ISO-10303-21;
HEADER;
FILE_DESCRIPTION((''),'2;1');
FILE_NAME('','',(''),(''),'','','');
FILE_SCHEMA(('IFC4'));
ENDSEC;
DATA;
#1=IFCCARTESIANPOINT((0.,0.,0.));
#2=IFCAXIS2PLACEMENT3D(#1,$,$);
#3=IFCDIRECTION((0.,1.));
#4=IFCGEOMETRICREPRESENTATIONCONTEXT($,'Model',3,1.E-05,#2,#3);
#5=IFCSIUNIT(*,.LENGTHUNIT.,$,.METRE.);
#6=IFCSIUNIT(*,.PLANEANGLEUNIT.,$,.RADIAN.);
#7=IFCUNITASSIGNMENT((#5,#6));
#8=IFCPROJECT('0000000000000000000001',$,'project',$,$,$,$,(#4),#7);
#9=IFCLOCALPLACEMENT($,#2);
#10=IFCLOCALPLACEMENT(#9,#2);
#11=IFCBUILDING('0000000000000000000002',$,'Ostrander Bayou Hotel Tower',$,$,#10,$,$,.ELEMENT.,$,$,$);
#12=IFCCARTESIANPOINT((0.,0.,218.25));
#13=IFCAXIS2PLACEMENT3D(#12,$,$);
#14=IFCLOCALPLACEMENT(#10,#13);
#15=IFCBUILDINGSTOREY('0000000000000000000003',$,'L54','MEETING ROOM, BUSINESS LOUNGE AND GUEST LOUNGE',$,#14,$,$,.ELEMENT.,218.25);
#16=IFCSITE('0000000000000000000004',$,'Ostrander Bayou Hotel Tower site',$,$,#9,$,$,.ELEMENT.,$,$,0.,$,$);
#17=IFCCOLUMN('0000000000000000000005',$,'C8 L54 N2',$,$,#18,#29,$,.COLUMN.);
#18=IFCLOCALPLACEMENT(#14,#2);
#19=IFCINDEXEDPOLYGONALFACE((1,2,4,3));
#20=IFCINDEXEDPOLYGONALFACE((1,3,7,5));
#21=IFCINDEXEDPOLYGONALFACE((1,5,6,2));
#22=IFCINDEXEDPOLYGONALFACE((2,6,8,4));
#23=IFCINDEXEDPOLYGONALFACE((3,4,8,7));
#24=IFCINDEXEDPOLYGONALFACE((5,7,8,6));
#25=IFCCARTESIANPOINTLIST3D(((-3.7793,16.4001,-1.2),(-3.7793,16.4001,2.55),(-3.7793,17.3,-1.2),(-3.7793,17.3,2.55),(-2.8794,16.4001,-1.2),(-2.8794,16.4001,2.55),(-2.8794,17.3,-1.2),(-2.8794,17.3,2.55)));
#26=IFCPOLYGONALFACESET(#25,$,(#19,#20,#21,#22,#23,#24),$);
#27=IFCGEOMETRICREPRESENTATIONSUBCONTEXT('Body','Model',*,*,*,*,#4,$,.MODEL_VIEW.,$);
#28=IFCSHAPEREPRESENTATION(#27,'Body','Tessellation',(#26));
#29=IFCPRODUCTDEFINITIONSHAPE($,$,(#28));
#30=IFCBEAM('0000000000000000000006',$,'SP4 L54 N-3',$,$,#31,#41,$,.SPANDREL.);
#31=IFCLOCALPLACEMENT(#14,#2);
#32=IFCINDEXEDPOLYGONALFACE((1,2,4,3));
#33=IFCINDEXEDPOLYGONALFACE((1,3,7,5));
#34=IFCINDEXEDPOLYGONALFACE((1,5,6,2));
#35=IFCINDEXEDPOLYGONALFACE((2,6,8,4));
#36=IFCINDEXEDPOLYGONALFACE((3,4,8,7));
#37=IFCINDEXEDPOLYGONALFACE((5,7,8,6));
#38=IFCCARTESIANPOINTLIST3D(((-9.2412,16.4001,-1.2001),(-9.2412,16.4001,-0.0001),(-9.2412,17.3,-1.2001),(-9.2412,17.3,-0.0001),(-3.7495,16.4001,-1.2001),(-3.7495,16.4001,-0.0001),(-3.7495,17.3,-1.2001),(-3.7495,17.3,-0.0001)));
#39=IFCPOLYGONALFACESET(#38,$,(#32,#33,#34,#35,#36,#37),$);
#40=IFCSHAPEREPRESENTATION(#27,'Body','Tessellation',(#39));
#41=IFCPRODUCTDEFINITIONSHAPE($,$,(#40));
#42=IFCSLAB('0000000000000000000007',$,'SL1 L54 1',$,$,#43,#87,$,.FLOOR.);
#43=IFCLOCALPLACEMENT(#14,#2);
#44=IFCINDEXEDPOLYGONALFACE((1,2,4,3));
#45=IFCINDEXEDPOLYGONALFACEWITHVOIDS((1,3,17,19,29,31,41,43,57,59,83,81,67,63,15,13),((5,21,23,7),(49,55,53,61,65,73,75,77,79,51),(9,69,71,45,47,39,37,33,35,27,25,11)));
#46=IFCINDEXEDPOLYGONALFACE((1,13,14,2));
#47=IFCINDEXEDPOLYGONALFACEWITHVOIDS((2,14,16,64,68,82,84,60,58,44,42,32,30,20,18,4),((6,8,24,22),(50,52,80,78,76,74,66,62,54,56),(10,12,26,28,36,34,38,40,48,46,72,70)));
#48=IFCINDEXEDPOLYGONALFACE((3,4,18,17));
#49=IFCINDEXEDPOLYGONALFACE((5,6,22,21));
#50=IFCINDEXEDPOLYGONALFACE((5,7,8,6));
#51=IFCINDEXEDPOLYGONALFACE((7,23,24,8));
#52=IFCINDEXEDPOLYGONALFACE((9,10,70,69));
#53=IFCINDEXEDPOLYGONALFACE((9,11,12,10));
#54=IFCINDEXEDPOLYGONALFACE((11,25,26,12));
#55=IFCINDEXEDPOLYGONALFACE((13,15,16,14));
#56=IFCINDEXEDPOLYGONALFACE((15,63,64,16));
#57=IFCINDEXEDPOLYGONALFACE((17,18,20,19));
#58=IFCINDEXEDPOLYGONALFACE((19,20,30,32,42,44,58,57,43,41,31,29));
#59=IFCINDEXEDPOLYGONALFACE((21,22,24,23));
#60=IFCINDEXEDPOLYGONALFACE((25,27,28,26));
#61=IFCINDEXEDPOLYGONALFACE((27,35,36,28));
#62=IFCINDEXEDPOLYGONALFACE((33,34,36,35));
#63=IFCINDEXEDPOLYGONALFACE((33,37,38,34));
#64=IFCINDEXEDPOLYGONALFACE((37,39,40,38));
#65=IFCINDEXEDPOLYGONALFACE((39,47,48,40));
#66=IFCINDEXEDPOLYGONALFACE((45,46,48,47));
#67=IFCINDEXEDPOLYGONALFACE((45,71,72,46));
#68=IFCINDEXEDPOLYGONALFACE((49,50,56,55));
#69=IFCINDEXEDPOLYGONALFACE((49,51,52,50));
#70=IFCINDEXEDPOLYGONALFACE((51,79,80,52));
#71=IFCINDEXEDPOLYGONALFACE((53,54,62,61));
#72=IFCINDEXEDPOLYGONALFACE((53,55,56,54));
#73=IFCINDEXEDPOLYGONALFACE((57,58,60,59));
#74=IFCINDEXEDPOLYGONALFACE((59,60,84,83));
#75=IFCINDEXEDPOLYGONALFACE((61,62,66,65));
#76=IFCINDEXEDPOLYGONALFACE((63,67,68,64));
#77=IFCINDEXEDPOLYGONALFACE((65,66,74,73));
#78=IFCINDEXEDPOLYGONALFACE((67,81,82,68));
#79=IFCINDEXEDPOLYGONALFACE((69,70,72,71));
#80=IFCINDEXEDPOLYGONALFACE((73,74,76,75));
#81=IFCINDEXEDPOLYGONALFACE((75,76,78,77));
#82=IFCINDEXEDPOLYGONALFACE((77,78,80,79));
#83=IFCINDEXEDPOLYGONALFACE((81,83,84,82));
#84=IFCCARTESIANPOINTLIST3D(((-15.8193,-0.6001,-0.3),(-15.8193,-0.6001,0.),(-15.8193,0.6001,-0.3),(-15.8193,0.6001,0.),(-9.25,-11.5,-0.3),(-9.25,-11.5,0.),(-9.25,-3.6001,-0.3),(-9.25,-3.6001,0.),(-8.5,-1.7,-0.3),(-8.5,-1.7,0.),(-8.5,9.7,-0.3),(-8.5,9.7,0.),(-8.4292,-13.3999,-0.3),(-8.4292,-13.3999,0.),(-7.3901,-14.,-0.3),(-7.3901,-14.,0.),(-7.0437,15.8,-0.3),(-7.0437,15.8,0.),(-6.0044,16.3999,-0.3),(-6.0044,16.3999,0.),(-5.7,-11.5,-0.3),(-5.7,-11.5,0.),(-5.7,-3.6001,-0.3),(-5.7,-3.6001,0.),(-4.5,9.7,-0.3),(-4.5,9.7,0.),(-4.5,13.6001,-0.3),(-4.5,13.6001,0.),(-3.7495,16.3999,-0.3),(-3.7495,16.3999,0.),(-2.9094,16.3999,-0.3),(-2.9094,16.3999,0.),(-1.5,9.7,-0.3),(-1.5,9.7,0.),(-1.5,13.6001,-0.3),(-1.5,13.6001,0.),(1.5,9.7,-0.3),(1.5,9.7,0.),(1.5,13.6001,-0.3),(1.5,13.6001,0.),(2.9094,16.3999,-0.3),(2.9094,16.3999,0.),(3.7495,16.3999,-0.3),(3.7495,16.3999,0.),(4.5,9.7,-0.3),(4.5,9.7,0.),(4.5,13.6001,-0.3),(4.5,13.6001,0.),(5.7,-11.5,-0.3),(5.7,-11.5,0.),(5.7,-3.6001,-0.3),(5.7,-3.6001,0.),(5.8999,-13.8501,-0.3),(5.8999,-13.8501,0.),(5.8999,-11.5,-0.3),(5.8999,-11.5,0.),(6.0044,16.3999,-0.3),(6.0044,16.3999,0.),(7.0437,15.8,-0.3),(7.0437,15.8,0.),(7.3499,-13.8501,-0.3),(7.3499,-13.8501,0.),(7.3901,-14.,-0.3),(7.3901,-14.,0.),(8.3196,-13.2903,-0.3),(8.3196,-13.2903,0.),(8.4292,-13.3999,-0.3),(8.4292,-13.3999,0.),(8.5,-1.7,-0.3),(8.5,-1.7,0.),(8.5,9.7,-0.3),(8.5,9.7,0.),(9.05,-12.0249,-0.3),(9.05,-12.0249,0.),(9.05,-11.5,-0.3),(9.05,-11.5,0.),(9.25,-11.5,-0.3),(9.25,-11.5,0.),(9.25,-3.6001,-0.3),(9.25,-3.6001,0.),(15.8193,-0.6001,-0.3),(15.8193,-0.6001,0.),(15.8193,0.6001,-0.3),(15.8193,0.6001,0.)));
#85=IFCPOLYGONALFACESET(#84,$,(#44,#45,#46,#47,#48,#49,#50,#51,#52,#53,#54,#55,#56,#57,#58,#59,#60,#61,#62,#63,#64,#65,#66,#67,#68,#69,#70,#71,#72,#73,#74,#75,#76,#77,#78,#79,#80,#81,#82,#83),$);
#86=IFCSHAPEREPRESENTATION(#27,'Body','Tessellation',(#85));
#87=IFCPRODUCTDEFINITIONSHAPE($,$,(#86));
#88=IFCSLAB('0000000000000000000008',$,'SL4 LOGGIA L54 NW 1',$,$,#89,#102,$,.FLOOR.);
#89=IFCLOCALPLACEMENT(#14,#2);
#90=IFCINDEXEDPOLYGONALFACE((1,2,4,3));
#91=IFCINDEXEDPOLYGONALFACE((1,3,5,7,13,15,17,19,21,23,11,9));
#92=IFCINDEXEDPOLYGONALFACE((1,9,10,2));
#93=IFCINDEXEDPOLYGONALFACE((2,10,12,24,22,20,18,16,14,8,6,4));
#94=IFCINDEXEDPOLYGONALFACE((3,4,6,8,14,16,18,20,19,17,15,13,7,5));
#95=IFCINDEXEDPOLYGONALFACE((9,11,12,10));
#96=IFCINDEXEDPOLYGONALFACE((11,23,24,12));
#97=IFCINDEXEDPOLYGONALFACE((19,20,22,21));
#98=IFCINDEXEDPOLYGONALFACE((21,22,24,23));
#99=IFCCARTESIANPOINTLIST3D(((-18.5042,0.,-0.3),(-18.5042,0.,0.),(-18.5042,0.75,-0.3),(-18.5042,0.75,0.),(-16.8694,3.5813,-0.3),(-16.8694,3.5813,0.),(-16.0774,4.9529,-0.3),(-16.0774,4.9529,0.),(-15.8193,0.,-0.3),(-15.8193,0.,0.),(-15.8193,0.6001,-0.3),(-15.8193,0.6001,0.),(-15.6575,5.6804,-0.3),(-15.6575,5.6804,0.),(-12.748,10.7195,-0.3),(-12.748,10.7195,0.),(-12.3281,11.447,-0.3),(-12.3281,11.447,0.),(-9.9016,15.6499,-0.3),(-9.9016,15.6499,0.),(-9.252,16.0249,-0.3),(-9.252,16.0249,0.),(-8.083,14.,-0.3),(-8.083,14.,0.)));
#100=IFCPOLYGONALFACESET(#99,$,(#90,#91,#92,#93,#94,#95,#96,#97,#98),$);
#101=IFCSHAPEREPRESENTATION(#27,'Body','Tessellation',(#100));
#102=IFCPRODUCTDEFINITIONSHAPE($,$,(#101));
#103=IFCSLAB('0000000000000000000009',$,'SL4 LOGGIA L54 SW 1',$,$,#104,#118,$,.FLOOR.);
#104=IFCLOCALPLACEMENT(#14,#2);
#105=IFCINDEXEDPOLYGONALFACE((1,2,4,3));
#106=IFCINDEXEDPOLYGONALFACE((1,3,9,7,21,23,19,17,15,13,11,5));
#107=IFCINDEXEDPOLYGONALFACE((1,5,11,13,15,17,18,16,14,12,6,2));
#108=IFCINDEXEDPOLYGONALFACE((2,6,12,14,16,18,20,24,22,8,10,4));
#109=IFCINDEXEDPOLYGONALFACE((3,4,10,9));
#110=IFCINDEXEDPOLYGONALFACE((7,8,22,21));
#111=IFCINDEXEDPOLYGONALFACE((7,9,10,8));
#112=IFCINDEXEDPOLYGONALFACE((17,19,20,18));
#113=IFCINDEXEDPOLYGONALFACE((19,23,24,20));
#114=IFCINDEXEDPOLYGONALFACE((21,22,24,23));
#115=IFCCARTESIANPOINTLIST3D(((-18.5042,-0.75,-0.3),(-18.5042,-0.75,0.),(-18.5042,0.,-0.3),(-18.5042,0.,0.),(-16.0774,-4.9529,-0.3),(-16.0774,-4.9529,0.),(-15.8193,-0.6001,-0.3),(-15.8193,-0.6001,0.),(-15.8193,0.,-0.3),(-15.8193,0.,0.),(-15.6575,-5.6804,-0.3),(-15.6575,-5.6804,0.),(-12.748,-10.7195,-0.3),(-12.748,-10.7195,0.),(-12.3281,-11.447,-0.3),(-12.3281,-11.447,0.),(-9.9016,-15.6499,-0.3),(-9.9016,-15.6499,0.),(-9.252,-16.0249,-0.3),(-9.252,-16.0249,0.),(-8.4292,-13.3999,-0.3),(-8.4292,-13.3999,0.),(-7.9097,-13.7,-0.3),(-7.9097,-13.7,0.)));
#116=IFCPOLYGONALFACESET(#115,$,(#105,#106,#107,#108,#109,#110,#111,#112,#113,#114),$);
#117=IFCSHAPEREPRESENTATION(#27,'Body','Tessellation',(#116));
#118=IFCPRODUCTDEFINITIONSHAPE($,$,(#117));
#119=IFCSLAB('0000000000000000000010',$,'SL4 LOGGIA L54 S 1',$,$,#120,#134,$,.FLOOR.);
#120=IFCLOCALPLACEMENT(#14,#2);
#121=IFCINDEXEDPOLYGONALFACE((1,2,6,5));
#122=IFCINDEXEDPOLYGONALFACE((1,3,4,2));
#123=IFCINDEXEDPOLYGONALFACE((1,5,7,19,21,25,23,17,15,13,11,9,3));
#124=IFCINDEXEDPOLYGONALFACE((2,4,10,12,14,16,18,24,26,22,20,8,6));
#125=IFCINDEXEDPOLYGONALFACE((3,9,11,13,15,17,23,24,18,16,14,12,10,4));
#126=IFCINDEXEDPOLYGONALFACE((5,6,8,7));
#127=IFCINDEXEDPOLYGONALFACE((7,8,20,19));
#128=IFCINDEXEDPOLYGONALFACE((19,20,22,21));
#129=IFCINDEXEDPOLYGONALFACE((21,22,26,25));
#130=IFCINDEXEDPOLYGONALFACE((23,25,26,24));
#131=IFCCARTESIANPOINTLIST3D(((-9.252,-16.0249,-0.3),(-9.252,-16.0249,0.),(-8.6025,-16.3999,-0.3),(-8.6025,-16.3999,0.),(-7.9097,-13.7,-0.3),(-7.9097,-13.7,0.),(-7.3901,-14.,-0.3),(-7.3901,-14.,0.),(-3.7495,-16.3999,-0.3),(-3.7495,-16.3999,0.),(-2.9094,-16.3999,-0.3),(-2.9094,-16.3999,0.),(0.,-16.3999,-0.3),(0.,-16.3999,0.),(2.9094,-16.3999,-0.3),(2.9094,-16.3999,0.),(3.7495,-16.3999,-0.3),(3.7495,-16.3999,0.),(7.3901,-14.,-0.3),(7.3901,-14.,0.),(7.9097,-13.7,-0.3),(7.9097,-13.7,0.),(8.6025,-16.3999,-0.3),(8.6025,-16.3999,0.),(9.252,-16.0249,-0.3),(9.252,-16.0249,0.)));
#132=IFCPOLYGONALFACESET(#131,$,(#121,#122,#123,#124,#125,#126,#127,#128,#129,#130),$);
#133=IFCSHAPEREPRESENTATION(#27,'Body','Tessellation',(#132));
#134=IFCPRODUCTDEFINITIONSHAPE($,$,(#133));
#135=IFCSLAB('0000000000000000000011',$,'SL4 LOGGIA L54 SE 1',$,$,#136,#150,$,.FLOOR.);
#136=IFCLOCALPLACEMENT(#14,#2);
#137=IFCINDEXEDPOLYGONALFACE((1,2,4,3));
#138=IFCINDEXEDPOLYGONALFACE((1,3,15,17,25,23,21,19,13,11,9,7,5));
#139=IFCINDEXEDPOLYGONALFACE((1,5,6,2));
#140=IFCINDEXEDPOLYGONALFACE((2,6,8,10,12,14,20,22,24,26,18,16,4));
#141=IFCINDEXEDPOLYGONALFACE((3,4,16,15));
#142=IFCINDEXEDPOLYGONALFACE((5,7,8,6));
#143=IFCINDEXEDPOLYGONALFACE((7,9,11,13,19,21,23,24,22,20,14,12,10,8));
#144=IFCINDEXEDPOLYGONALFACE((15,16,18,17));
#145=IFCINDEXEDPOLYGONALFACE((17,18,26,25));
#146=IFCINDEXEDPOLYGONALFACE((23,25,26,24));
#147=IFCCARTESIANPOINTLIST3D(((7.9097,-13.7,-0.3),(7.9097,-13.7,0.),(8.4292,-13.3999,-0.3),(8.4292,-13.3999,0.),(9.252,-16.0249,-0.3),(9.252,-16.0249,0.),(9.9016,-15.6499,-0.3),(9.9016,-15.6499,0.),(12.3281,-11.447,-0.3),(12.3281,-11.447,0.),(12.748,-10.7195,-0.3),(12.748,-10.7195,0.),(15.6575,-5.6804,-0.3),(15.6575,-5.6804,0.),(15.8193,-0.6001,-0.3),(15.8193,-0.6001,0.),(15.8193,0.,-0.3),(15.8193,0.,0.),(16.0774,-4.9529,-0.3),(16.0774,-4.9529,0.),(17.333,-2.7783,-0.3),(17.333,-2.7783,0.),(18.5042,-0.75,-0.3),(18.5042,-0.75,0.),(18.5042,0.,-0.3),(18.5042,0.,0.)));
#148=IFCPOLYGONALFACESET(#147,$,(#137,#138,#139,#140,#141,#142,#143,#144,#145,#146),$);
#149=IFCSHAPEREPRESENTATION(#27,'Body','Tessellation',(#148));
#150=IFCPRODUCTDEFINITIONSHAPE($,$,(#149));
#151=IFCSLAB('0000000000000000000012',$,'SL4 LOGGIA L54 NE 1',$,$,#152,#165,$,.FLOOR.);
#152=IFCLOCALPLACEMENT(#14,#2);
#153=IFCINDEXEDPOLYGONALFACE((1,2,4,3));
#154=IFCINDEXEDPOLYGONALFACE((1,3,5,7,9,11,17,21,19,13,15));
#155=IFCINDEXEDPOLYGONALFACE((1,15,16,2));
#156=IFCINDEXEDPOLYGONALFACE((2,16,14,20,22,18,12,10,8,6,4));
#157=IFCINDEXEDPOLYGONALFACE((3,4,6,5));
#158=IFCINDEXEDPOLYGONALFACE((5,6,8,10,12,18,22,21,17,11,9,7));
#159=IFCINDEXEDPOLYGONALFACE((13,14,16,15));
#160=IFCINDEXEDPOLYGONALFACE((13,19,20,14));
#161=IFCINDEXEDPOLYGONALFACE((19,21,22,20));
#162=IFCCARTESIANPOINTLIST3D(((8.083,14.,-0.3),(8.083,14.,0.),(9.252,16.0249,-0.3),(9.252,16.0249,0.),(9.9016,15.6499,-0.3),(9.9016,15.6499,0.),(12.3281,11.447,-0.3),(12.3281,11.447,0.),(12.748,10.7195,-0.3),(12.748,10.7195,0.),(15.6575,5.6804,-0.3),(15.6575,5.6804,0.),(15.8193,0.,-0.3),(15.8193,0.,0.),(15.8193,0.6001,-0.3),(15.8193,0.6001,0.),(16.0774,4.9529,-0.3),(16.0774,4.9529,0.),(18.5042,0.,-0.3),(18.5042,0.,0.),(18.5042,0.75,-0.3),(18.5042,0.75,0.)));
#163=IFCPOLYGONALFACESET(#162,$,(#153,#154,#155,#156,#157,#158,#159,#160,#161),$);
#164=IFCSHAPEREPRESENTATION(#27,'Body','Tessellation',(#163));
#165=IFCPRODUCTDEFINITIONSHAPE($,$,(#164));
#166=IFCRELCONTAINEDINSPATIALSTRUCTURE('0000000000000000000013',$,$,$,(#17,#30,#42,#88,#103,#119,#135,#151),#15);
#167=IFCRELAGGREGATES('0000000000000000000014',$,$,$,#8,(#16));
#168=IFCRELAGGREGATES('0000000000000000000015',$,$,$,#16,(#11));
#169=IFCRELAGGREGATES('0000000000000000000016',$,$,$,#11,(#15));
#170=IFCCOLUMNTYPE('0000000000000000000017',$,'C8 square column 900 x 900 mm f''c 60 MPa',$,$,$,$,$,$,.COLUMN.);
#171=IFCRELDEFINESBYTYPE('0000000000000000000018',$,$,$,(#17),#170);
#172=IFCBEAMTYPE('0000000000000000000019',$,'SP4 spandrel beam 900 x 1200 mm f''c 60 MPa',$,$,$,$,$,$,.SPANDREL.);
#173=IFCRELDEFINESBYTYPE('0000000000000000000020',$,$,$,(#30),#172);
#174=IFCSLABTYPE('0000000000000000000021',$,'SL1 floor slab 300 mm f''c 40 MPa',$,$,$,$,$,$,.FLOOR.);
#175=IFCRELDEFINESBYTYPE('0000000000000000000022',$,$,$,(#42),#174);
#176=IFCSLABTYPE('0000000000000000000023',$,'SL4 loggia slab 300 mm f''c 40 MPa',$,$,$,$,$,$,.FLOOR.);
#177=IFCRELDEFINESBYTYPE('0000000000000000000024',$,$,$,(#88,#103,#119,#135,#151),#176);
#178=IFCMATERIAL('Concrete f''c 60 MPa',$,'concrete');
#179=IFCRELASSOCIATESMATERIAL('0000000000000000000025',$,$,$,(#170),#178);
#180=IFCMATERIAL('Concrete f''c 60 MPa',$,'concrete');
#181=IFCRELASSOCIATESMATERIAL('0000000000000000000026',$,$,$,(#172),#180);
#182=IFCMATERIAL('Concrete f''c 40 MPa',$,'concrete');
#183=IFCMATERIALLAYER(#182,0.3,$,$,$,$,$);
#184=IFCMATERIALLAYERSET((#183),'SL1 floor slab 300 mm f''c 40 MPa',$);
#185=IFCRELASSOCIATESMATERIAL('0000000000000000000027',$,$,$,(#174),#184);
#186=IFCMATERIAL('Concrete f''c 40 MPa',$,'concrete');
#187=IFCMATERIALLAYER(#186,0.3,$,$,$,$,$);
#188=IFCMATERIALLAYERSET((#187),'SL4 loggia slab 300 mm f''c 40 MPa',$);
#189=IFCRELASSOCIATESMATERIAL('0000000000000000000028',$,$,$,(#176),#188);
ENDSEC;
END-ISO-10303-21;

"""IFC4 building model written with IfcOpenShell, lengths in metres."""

from ifc_helpers import new_model, si_unit, direction, frame, origin, origin_2d, place, context, subcontext, project, spatial, polyline, rectangle, outline, extrude, material, layer, layer_set, material_profile, profile_set, type_object, element, save


model = new_model("IFC4")

# Units and contexts
model_context = context("Model", 3, precision=1e-05, world=origin(), true_north=direction((0.0, 1.0)))
body_context = subcontext(model_context, "Body", "Model", "MODEL_VIEW")
ifc_project = project(units=[si_unit("LENGTHUNIT", "METRE"), si_unit("PLANEANGLEUNIT", "RADIAN")], contexts=[model_context])

# Site, building, storey
site_placement = place(None, origin())
site = spatial("IfcSite", under=ifc_project, at=site_placement, Name="Ostrander Bayou Hotel Tower site", CompositionType="ELEMENT", RefElevation=0.0)
building_placement = place(site_placement, origin())
building = spatial("IfcBuilding", under=site, at=building_placement, Name="Ostrander Bayou Hotel Tower", CompositionType="ELEMENT")
storey_placement = place(building_placement, frame((0.0, 0.0, 218.25)))
storey = spatial("IfcBuildingStorey", under=building, at=storey_placement, Name="L54", Description="MEETING ROOM, BUSINESS LOUNGE AND GUEST LOUNGE", CompositionType="ELEMENT", Elevation=218.25)

# Column
ifc_material_1 = material(Name="Concrete f'c 60 MPa", Category="concrete")
ifc_material_profile_1 = material_profile(ifc_material_1, rectangle(XDim=0.8999, YDim=0.8999, at=origin_2d()))
ifc_profile_set_1 = profile_set([ifc_material_profile_1], Name="Concrete f'c 60 MPa")
column_type = type_object("IfcColumnType", Name="C8 square column 900 x 900 mm f'c 60 MPa", PredefinedType="COLUMN", material=ifc_profile_set_1)
column_placement = place(storey_placement, frame((-3.3293, 16.8501, -1.2), z_axis=(0.0, 0.0, 1.0), x_axis=(1.0, 0.0, 0.0)))
element("IfcColumn", 1, at=column_placement, inside=storey, type_object=column_type, Name="C8 L54 N2", PredefinedType="COLUMN", context=body_context, shape_type="SweptSolid", body=[
    extrude(rectangle(XDim=0.8999, YDim=0.8999, at=origin_2d()), origin(), (0.0, 0.0, 1.0), 3.75),
])

# Beam
ifc_material_2 = material(Name="Concrete f'c 60 MPa", Category="concrete")
ifc_material_profile_2 = material_profile(ifc_material_2, rectangle(XDim=0.8999, YDim=1.2, at=origin_2d()))
ifc_profile_set_2 = profile_set([ifc_material_profile_2], Name="Concrete f'c 60 MPa")
beam_type = type_object("IfcBeamType", Name="SP4 spandrel beam 900 x 1200 mm f'c 60 MPa", PredefinedType="SPANDREL", material=ifc_profile_set_2)
beam_placement = place(storey_placement, frame((-3.7495, 16.8501, -0.6001), z_axis=(-1.0, 0.0, 0.0), x_axis=(0.0, -1.0, 0.0)))
element("IfcBeam", 2, at=beam_placement, inside=storey, type_object=beam_type, Name="SP4 L54 N-3", PredefinedType="SPANDREL", context=body_context, shape_type="SweptSolid", body=[
    extrude(rectangle(XDim=0.8999, YDim=1.2, at=origin_2d()), origin(), (0.0, 0.0, 1.0), 5.4917),
])

# Slabs
ifc_material_3 = material(Name="Concrete f'c 40 MPa", Category="concrete")
ifc_layer_1 = layer(ifc_material_3, 0.3)
ifc_layer_set_1 = layer_set([ifc_layer_1], Name="SL1 floor slab 300 mm f'c 40 MPa")
slab_type_1 = type_object("IfcSlabType", Name="SL1 floor slab 300 mm f'c 40 MPa", PredefinedType="FLOOR", material=ifc_layer_set_1)
slab_1_placement = place(storey_placement, frame((0.0, 0.0, -0.3)))
element("IfcSlab", 3, at=slab_1_placement, inside=storey, type_object=slab_type_1, Name="SL1 L54 1", PredefinedType="FLOOR", context=body_context, shape_type="SweptSolid", body=[
    extrude(outline(polyline([(-2.9094, 16.3999), (2.9094, 16.3999), (3.7495, 16.3999), (6.0044, 16.3999), (7.0437, 15.8), (15.8193, 0.6001), (15.8193, -0.6001), (8.4292, -13.3999), (7.3901, -14.0), (-7.3901, -14.0), (-8.4292, -13.3999), (-15.8193, -0.6001), (-15.8193, 0.6001), (-7.0437, 15.8), (-6.0044, 16.3999), (-3.7495, 16.3999), (-2.9094, 16.3999)]), holes=[polyline([(9.05, -11.5), (9.25, -11.5), (9.25, -3.6001), (5.7, -3.6001), (5.7, -11.5), (5.8999, -11.5), (5.8999, -13.8501), (7.3499, -13.8501), (8.3196, -13.2903), (9.05, -12.0249), (9.05, -11.5)]), polyline([(-8.5, -1.7), (8.5, -1.7), (8.5, 9.7), (4.5, 9.7), (4.5, 13.6001), (1.5, 13.6001), (1.5, 9.7), (-1.5, 9.7), (-1.5, 13.6001), (-4.5, 13.6001), (-4.5, 9.7), (-8.5, 9.7), (-8.5, -1.7)]), polyline([(-5.7, -3.6001), (-9.25, -3.6001), (-9.25, -11.5), (-5.7, -11.5), (-5.7, -3.6001)])]), origin(), (0.0, 0.0, 1.0), 0.3),
])
ifc_material_4 = material(Name="Concrete f'c 40 MPa", Category="concrete")
ifc_layer_2 = layer(ifc_material_4, 0.3)
ifc_layer_set_2 = layer_set([ifc_layer_2], Name="SL4 loggia slab 300 mm f'c 40 MPa")
slab_type_2 = type_object("IfcSlabType", Name="SL4 loggia slab 300 mm f'c 40 MPa", PredefinedType="FLOOR", material=ifc_layer_set_2)
slab_2_placement = place(storey_placement, frame((0.0, 0.0, -0.3)))
element("IfcSlab", 4, at=slab_2_placement, inside=storey, type_object=slab_type_2, Name="SL4 LOGGIA L54 NW 1", PredefinedType="FLOOR", context=body_context, shape_type="SweptSolid", body=[
    extrude(outline(polyline([(-18.5042, 0.0), (-18.5042, 0.75), (-16.8694, 3.5813), (-16.0774, 4.9529), (-15.6575, 5.6804), (-12.748, 10.7195), (-12.3281, 11.447), (-9.9016, 15.6499), (-9.252, 16.0249), (-8.083, 14.0), (-15.8193, 0.6001), (-15.8193, 0.0), (-18.5042, 0.0)])), origin(), (0.0, 0.0, 1.0), 0.3),
])
slab_3_placement = place(storey_placement, frame((0.0, 0.0, -0.3)))
element("IfcSlab", 5, at=slab_3_placement, inside=storey, type_object=slab_type_2, Name="SL4 LOGGIA L54 SW 1", PredefinedType="FLOOR", context=body_context, shape_type="SweptSolid", body=[
    extrude(outline(polyline([(-7.9097, -13.7), (-9.252, -16.0249), (-9.9016, -15.6499), (-12.3281, -11.447), (-12.748, -10.7195), (-15.6575, -5.6804), (-16.0774, -4.9529), (-18.5042, -0.75), (-18.5042, 0.0), (-15.8193, 0.0), (-15.8193, -0.6001), (-8.4292, -13.3999), (-7.9097, -13.7)])), origin(), (0.0, 0.0, 1.0), 0.3),
])
slab_4_placement = place(storey_placement, frame((0.0, 0.0, -0.3)))
element("IfcSlab", 6, at=slab_4_placement, inside=storey, type_object=slab_type_2, Name="SL4 LOGGIA L54 S 1", PredefinedType="FLOOR", context=body_context, shape_type="SweptSolid", body=[
    extrude(outline(polyline([(7.9097, -13.7), (9.252, -16.0249), (8.6025, -16.3999), (3.7495, -16.3999), (2.9094, -16.3999), (0.0, -16.3999), (-2.9094, -16.3999), (-3.7495, -16.3999), (-8.6025, -16.3999), (-9.252, -16.0249), (-7.9097, -13.7), (-7.3901, -14.0), (7.3901, -14.0), (7.9097, -13.7)])), origin(), (0.0, 0.0, 1.0), 0.3),
])
slab_5_placement = place(storey_placement, frame((0.0, 0.0, -0.3)))
element("IfcSlab", 7, at=slab_5_placement, inside=storey, type_object=slab_type_2, Name="SL4 LOGGIA L54 SE 1", PredefinedType="FLOOR", context=body_context, shape_type="SweptSolid", body=[
    extrude(outline(polyline([(15.8193, 0.0), (18.5042, 0.0), (18.5042, -0.75), (17.333, -2.7783), (16.0774, -4.9529), (15.6575, -5.6804), (12.748, -10.7195), (12.3281, -11.447), (9.9016, -15.6499), (9.252, -16.0249), (7.9097, -13.7), (8.4292, -13.3999), (15.8193, -0.6001), (15.8193, 0.0)])), origin(), (0.0, 0.0, 1.0), 0.3),
])
slab_6_placement = place(storey_placement, frame((0.0, 0.0, -0.3)))
element("IfcSlab", 8, at=slab_6_placement, inside=storey, type_object=slab_type_2, Name="SL4 LOGGIA L54 NE 1", PredefinedType="FLOOR", context=body_context, shape_type="SweptSolid", body=[
    extrude(outline(polyline([(9.252, 16.0249), (9.9016, 15.6499), (12.3281, 11.447), (12.748, 10.7195), (15.6575, 5.6804), (16.0774, 4.9529), (18.5042, 0.75), (18.5042, 0.0), (15.8193, 0.0), (15.8193, 0.6001), (8.083, 14.0), (9.252, 16.0249)])), origin(), (0.0, 0.0, 1.0), 0.3),
])

save(model, "model.ifc")
